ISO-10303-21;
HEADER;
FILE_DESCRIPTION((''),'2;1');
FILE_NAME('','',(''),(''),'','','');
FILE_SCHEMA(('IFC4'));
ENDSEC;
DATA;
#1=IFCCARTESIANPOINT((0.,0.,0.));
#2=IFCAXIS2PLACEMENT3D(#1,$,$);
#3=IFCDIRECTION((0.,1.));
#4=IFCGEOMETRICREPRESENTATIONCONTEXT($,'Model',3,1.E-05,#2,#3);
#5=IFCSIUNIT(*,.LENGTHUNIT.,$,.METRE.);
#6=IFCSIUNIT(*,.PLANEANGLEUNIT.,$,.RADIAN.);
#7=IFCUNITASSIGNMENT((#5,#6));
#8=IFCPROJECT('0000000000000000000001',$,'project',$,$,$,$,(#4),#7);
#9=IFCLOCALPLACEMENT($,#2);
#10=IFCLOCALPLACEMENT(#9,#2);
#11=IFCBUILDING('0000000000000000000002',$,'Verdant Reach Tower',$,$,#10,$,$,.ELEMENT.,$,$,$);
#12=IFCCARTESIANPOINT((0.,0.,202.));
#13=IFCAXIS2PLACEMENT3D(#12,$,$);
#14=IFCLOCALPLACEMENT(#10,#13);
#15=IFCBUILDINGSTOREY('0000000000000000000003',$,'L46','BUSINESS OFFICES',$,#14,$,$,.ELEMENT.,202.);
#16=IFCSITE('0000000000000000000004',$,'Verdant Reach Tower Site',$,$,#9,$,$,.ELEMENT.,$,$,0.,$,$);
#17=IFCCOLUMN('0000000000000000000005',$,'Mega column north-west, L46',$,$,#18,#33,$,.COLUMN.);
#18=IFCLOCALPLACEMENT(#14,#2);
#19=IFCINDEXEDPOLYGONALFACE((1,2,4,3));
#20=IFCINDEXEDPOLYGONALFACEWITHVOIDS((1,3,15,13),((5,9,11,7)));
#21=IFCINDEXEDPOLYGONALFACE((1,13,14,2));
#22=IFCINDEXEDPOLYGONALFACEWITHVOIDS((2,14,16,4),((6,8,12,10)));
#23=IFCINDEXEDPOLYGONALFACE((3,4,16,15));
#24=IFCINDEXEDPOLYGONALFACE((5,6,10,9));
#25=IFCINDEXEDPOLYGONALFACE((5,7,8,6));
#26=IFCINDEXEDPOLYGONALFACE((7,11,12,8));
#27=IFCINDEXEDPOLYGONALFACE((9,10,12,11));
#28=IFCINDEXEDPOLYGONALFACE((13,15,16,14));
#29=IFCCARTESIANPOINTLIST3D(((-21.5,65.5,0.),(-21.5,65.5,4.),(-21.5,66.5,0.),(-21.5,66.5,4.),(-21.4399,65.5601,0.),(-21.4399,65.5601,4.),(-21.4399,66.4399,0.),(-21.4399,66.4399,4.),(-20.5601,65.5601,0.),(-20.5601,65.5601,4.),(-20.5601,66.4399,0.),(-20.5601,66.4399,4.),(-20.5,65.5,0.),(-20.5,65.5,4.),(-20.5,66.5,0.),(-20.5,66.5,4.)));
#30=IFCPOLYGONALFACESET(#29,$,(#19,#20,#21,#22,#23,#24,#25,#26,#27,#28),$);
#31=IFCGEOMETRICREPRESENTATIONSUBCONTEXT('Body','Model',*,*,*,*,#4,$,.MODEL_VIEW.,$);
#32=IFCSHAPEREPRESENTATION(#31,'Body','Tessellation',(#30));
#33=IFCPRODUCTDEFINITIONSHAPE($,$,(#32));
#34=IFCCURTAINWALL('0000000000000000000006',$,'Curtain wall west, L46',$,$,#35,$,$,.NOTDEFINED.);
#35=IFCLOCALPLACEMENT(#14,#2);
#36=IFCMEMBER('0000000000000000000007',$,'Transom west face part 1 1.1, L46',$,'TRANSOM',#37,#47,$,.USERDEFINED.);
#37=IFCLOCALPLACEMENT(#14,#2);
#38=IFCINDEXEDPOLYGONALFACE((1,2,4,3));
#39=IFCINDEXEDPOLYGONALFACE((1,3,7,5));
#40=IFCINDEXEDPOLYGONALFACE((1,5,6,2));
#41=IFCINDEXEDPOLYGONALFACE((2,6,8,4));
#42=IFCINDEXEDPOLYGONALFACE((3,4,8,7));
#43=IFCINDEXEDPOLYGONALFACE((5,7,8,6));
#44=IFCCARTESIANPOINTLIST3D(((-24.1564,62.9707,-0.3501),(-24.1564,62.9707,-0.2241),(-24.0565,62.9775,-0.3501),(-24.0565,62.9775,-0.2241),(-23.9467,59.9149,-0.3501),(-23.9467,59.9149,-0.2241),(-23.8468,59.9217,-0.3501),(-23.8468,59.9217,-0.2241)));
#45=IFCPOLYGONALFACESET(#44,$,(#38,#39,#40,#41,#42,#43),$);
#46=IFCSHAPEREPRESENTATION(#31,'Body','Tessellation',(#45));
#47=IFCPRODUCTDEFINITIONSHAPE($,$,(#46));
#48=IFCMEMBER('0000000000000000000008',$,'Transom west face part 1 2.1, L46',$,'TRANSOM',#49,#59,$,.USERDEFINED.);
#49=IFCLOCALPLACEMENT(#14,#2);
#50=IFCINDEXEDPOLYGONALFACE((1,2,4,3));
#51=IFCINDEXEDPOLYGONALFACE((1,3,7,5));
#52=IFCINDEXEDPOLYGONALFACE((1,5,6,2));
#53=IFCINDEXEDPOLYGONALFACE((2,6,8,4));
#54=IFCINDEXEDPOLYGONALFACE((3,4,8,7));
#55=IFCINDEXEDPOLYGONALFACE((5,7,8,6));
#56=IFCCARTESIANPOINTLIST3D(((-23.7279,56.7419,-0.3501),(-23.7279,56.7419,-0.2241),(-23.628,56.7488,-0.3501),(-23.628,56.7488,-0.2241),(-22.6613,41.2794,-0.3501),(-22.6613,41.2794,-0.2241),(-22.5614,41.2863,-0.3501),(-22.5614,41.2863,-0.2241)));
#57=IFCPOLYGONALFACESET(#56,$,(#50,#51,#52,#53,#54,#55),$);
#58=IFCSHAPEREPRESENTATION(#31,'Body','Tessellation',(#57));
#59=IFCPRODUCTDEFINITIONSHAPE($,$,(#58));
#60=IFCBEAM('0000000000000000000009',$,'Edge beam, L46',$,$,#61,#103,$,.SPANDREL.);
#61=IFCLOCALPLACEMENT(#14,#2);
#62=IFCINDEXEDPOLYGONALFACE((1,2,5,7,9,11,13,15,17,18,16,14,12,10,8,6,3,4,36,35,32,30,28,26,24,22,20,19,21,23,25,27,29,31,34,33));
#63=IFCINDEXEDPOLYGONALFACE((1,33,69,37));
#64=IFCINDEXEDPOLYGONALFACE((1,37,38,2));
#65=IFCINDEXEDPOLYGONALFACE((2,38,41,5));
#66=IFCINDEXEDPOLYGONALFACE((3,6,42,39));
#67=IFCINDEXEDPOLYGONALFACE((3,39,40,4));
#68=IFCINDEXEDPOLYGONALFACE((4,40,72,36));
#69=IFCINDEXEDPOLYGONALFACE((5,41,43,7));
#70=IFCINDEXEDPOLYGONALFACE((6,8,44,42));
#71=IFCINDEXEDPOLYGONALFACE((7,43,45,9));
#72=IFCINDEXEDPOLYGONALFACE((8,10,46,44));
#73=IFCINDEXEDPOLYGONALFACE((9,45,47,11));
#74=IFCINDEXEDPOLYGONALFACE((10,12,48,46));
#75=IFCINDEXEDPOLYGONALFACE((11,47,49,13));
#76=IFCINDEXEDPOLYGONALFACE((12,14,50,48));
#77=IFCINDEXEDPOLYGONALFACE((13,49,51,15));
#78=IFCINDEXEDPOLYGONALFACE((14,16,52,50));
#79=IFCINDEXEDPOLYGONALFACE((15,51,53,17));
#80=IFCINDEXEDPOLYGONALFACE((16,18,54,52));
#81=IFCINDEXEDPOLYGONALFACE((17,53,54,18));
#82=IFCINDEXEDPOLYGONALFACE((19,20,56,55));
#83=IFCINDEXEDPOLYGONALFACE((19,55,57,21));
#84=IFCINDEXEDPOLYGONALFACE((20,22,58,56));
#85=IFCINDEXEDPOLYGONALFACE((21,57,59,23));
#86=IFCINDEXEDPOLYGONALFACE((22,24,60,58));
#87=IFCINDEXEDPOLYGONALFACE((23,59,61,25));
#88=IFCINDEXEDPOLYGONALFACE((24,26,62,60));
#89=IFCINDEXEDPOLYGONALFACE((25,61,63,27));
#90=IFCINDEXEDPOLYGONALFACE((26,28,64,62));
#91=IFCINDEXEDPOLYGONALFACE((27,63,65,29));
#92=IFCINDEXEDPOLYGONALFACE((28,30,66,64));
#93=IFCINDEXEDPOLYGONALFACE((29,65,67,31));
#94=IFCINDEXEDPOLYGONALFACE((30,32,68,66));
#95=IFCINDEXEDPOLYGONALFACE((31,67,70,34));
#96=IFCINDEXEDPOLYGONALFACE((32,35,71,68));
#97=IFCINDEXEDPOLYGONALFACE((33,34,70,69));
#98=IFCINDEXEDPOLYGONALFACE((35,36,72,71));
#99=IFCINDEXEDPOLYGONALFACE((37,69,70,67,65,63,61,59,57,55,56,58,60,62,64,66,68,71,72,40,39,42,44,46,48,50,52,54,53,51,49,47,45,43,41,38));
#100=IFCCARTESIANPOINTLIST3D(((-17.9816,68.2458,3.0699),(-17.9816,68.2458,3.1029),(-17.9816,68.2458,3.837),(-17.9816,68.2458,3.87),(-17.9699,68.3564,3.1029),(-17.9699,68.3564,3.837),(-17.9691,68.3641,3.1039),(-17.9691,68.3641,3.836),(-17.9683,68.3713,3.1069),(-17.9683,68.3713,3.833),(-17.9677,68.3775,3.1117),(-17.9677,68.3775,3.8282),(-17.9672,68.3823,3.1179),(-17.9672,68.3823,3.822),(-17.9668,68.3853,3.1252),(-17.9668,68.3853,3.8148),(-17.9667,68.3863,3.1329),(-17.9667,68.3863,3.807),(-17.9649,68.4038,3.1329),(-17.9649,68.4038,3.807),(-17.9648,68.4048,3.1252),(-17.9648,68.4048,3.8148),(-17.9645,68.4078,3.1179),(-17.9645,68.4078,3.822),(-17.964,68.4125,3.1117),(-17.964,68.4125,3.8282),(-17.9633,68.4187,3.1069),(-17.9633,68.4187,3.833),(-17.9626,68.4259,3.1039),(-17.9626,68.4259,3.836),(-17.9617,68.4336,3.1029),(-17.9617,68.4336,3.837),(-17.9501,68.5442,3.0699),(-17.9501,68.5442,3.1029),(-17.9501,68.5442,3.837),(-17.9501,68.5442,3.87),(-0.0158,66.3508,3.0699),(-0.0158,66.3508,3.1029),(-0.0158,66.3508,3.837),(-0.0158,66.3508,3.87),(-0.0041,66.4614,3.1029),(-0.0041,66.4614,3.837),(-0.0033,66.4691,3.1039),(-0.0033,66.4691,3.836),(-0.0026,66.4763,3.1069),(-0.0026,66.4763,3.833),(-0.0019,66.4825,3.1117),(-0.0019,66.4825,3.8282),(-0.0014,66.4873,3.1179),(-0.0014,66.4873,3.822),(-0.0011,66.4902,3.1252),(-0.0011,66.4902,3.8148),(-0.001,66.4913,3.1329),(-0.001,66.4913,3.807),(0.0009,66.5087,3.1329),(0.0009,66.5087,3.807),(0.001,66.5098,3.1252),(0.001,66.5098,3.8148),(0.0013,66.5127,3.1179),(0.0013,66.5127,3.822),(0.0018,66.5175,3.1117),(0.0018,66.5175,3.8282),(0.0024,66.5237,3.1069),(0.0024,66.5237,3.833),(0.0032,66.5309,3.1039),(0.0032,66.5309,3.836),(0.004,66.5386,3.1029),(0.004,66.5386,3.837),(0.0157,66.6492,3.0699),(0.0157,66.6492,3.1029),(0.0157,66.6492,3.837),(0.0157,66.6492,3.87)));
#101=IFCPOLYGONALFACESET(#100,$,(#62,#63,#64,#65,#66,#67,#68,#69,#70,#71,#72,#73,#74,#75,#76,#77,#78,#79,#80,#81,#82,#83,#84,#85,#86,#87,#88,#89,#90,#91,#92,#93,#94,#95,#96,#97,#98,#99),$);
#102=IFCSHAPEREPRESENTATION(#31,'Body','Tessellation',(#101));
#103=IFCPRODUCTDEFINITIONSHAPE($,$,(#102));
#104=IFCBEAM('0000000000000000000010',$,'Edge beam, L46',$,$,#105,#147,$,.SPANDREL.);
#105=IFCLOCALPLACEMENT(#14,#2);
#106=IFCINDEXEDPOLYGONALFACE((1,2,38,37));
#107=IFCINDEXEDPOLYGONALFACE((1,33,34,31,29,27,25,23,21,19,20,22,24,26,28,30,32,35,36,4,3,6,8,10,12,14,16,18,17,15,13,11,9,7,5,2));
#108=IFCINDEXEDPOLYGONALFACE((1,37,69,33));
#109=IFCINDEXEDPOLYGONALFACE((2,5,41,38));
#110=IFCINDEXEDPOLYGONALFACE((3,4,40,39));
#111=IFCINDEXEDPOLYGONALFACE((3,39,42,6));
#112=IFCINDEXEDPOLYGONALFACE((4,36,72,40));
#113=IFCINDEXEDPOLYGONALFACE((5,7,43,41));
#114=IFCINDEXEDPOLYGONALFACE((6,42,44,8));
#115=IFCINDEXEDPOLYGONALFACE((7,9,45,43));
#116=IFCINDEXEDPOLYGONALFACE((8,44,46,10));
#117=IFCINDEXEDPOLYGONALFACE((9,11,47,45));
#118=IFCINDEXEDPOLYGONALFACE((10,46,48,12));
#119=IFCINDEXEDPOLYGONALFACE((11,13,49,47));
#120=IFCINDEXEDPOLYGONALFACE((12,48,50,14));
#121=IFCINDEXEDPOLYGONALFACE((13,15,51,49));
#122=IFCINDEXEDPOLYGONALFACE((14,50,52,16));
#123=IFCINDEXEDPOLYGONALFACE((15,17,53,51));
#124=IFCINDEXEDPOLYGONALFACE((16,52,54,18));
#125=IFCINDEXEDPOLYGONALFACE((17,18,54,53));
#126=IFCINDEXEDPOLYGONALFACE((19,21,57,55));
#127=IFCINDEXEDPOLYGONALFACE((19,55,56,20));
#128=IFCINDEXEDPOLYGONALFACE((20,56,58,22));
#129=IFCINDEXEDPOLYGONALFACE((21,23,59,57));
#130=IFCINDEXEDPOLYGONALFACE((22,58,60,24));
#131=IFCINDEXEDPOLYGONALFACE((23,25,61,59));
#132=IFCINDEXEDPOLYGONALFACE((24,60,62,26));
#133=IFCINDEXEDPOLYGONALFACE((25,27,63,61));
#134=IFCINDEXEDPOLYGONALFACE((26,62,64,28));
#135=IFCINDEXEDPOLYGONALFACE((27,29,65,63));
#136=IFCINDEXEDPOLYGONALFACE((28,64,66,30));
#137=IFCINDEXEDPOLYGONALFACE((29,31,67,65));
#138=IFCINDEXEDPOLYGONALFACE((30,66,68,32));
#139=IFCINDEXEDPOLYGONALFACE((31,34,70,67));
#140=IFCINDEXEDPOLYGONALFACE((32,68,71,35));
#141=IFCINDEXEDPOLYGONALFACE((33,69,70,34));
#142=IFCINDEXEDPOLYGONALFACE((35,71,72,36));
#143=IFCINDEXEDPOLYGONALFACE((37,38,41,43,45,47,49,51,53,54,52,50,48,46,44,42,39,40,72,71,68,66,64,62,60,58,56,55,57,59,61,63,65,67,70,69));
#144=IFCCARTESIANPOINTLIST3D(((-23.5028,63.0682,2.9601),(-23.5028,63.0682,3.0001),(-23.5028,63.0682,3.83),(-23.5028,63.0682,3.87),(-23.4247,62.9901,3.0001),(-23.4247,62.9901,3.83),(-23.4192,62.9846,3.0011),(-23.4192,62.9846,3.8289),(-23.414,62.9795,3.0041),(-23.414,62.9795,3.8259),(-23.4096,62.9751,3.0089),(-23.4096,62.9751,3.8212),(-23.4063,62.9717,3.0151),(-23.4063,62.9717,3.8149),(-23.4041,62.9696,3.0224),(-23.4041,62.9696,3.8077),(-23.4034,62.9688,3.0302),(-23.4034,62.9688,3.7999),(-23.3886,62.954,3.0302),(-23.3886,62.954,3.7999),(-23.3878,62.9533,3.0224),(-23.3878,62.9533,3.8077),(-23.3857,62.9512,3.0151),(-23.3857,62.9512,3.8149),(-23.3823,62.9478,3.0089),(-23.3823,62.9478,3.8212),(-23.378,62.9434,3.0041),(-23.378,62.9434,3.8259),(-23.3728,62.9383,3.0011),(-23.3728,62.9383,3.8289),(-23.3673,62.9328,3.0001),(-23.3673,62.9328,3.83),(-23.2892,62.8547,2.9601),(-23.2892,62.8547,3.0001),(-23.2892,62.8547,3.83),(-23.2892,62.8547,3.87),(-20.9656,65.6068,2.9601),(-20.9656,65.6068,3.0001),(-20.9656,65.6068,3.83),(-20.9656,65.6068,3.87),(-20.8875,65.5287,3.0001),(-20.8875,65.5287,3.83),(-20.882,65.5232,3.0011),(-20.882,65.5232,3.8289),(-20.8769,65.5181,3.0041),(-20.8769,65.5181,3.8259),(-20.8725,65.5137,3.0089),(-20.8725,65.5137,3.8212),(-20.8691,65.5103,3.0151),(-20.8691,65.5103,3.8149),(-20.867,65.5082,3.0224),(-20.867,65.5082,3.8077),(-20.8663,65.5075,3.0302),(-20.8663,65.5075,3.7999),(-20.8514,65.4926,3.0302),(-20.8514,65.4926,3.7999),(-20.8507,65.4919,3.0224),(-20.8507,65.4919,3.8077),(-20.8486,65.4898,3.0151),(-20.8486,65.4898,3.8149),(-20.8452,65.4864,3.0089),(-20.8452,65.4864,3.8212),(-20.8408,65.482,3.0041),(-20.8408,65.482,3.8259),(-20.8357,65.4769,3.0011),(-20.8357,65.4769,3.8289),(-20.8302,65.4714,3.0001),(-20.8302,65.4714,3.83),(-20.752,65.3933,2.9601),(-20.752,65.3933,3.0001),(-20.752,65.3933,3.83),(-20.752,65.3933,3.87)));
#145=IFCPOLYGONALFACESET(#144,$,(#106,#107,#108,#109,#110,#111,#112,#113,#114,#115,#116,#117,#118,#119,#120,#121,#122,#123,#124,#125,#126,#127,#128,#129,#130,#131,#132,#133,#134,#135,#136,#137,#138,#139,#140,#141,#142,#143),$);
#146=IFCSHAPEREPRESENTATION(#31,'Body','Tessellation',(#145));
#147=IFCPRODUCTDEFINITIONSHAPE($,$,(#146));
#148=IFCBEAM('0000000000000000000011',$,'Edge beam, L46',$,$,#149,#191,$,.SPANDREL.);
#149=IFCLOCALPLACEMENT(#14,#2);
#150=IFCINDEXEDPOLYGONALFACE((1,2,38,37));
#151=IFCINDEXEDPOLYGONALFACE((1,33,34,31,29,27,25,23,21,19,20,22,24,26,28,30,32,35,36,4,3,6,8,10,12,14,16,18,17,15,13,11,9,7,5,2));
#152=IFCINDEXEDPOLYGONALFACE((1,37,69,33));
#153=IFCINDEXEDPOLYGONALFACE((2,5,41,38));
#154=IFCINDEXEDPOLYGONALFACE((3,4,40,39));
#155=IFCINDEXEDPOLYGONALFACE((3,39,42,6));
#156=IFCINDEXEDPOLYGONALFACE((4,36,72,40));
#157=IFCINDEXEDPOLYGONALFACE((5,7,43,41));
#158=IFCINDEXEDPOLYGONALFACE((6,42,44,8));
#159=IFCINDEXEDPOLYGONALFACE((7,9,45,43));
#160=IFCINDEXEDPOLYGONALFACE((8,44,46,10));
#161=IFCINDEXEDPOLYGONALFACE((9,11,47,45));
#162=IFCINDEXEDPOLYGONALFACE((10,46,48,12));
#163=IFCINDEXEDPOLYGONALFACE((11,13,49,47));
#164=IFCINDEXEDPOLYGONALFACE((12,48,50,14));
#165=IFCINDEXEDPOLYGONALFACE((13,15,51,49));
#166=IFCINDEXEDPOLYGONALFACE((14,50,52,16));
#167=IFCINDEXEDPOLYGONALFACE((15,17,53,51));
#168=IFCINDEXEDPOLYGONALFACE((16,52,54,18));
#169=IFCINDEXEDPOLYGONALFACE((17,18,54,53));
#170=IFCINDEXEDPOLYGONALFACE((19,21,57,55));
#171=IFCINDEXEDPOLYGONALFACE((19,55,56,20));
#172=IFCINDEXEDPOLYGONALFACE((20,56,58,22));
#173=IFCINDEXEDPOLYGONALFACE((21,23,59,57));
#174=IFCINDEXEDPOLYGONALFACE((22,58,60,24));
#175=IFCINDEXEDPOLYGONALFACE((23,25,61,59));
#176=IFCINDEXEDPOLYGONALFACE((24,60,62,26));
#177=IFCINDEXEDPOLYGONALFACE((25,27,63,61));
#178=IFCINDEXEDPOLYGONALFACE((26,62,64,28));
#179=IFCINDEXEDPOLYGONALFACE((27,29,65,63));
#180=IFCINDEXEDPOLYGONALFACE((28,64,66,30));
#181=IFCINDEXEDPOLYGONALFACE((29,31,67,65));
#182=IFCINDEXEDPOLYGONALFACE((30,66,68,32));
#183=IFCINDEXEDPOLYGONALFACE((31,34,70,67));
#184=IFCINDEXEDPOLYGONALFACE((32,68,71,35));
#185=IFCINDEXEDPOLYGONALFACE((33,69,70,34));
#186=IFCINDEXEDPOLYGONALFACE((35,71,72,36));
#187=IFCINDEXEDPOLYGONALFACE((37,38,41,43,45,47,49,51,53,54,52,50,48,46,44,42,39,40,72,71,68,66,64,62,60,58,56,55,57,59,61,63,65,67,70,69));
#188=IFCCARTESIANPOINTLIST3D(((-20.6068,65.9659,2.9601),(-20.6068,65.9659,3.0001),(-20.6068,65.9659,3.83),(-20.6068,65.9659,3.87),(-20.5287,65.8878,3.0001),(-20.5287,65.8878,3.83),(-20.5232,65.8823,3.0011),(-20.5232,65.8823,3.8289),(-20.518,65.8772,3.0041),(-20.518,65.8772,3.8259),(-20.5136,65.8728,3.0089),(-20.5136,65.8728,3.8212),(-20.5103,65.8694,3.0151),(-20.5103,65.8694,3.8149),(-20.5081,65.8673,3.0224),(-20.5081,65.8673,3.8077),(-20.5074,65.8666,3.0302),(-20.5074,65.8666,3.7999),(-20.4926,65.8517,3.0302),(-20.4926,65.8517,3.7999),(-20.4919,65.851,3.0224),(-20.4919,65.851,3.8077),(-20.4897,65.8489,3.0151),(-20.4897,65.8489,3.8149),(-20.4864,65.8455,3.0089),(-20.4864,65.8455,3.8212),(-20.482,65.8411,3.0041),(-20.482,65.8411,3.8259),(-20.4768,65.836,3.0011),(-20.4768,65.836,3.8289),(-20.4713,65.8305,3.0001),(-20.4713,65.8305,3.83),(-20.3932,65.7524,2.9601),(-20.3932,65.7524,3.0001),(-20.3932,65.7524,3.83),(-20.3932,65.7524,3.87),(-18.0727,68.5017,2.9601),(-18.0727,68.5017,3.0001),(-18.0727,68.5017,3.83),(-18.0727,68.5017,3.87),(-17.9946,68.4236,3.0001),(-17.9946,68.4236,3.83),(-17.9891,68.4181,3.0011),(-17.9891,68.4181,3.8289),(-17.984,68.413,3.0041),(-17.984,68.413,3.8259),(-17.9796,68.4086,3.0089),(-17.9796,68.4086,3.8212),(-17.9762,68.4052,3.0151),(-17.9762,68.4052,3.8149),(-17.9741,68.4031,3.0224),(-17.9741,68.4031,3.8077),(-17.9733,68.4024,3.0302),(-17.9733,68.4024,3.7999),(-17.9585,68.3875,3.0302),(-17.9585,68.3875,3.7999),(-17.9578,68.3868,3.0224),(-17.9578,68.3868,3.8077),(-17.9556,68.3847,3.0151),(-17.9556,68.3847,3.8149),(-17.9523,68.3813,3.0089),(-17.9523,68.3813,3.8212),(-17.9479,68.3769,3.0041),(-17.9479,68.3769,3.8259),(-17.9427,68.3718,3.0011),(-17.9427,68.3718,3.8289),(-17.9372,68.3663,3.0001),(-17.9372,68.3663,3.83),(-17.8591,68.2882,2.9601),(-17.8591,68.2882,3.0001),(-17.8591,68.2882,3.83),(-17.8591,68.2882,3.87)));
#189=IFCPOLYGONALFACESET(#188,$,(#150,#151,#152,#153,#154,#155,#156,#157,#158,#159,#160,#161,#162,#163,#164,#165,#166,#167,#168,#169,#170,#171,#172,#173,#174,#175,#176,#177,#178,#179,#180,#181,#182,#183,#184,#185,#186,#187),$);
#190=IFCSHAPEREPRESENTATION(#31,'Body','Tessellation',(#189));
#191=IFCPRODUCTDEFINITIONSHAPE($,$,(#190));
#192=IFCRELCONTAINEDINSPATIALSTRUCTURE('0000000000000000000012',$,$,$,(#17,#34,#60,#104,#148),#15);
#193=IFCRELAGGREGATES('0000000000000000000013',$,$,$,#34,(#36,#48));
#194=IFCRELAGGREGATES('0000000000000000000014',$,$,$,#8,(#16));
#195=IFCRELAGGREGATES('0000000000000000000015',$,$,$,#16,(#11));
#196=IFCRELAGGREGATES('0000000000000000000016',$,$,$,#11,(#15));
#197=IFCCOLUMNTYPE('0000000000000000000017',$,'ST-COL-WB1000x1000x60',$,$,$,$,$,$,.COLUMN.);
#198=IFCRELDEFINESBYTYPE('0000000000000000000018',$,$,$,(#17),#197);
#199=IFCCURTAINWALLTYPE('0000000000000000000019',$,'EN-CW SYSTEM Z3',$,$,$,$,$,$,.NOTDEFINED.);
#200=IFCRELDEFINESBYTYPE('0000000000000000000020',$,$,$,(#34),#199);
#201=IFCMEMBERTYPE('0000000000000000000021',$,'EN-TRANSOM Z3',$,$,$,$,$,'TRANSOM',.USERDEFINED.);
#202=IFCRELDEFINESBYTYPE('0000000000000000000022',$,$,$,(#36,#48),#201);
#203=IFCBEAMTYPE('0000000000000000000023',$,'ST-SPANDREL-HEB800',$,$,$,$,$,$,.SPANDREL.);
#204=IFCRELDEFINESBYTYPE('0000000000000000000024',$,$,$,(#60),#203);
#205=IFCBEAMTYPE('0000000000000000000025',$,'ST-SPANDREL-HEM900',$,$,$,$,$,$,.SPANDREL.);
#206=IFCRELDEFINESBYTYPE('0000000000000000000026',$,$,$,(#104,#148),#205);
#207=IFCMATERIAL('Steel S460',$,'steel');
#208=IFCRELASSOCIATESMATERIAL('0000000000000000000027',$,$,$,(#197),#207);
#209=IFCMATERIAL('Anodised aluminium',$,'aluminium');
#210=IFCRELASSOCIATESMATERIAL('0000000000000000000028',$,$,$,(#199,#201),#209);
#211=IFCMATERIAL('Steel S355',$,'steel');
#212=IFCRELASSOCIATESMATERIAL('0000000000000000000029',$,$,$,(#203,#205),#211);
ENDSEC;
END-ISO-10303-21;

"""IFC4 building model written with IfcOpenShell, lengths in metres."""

from ifc_helpers import new_model, si_unit, direction, frame, origin, origin_2d, place, context, subcontext, project, spatial, rectangle, hollow_rectangle, i_section, extrude, material, material_profile, profile_set, type_object, element, aggregate, save


model = new_model("IFC4")

# Units and contexts
model_context = context("Model", 3, precision=1e-05, world=origin(), true_north=direction((0.0, 1.0)))
body_context = subcontext(model_context, "Body", "Model", "MODEL_VIEW")
ifc_project = project(units=[si_unit("LENGTHUNIT", "METRE"), si_unit("PLANEANGLEUNIT", "RADIAN")], contexts=[model_context])

# Site, building, storey
site_placement = place(None, origin())
site = spatial("IfcSite", under=ifc_project, at=site_placement, Name="Verdant Reach Tower Site", CompositionType="ELEMENT", RefElevation=0.0)
building_placement = place(site_placement, origin())
building = spatial("IfcBuilding", under=site, at=building_placement, Name="Verdant Reach Tower", CompositionType="ELEMENT")
storey_placement = place(building_placement, frame((0.0, 0.0, 202.0)))
storey = spatial("IfcBuildingStorey", under=building, at=storey_placement, Name="L46", Description="BUSINESS OFFICES", CompositionType="ELEMENT", Elevation=202.0)

# Column
ifc_material_1 = material(Name="Steel S460", Category="steel")
ifc_material_profile_1 = material_profile(ifc_material_1, hollow_rectangle(XDim=1.0, YDim=1.0, WallThickness=0.0601, at=origin_2d()), Name="WB 1000x1000x60")
ifc_profile_set_1 = profile_set([ifc_material_profile_1], Name="Steel S460")
column_type = type_object("IfcColumnType", Name="ST-COL-WB1000x1000x60", PredefinedType="COLUMN", material=ifc_profile_set_1)
column_placement = place(storey_placement, frame((-21.0, 66.0, 0.0), z_axis=(0.0, 0.0, 1.0), x_axis=(1.0, 0.0, 0.0)))
element("IfcColumn", 1, at=column_placement, inside=storey, type_object=column_type, Name="Mega column north-west, L46", PredefinedType="COLUMN", context=body_context, shape_type="SweptSolid", body=[
    extrude(hollow_rectangle(XDim=1.0, YDim=1.0, WallThickness=0.0601, at=origin_2d()), origin(), (0.0, 0.0, 1.0), 4.0),
])

# Curtain wall, members
ifc_material_2 = material(Name="Anodised aluminium", Category="aluminium")
curtain_wall_type = type_object("IfcCurtainWallType", Name="EN-CW SYSTEM Z3", PredefinedType="NOTDEFINED", material=ifc_material_2)
curtain_wall_1_placement = place(storey_placement, origin())
curtain_wall_1 = element("IfcCurtainWall", 2, at=curtain_wall_1_placement, inside=storey, type_object=curtain_wall_type, Name="Curtain wall west, L46", PredefinedType="NOTDEFINED")
ifc_material_profile_2 = material_profile(ifc_material_2, rectangle(XDim=0.1001, YDim=0.126, at=origin_2d()), Name="Transom 126x100")
ifc_profile_set_2 = profile_set([ifc_material_profile_2], Name="Anodised aluminium")
member_type = type_object("IfcMemberType", Name="EN-TRANSOM Z3", ElementType="TRANSOM", PredefinedType="USERDEFINED", material=ifc_profile_set_2)
member_1_placement = place(storey_placement, frame((-24.1064, 62.9741, -0.2871), z_axis=(0.068466, -0.997653, 0.0), x_axis=(0.997653, 0.068466, 0.0)))
member_1 = element("IfcMember", 3, at=member_1_placement, type_object=member_type, Name="Transom west face part 1 1.1, L46", ObjectType="TRANSOM", PredefinedType="USERDEFINED", context=body_context, shape_type="SweptSolid", body=[
    extrude(rectangle(XDim=0.1001, YDim=0.126, at=origin_2d()), origin(), (0.0, 0.0, 1.0), 3.063),
])
member_2_placement = place(storey_placement, frame((-23.678, 56.7454, -0.2871), z_axis=(0.06882, -0.997629, 0.0), x_axis=(0.997629, 0.06882, 0.0)))
member_2 = element("IfcMember", 4, at=member_2_placement, type_object=member_type, Name="Transom west face part 1 2.1, L46", ObjectType="TRANSOM", PredefinedType="USERDEFINED", context=body_context, shape_type="SweptSolid", body=[
    extrude(rectangle(XDim=0.1001, YDim=0.126, at=origin_2d()), origin(), (0.0, 0.0, 1.0), 15.4993),
])

# Beams
ifc_material_3 = material(Name="Steel S355", Category="steel")
ifc_material_profile_3 = material_profile(ifc_material_3, i_section(OverallWidth=0.3, OverallDepth=0.8, WebThickness=0.0176, FlangeThickness=0.033, FilletRadius=0.03, at=origin_2d()), Name="HEB 800")
ifc_profile_set_3 = profile_set([ifc_material_profile_3], Name="Steel S355")
beam_type_1 = type_object("IfcBeamType", Name="ST-SPANDREL-HEB800", PredefinedType="SPANDREL", material=ifc_profile_set_3)
beam_1_placement = place(storey_placement, frame((-17.9658, 68.395, 3.47), z_axis=(0.994483, -0.104897, 0.0), x_axis=(0.104897, 0.994483, 0.0)))
element("IfcBeam", 5, at=beam_1_placement, inside=storey, type_object=beam_type_1, Name="Edge beam, L46", PredefinedType="SPANDREL", context=body_context, shape_type="SweptSolid", body=[
    extrude(i_section(OverallWidth=0.3, OverallDepth=0.8, WebThickness=0.0176, FlangeThickness=0.033, FilletRadius=0.03, at=origin_2d()), origin(), (0.0, 0.0, 1.0), 18.0654),
])
ifc_material_profile_4 = material_profile(ifc_material_3, i_section(OverallWidth=0.302, OverallDepth=0.9099, WebThickness=0.021, FlangeThickness=0.04, FilletRadius=0.03, at=origin_2d()), Name="HEM 900")
ifc_profile_set_4 = profile_set([ifc_material_profile_4], Name="Steel S355")
beam_type_2 = type_object("IfcBeamType", Name="ST-SPANDREL-HEM900", PredefinedType="SPANDREL", material=ifc_profile_set_4)
beam_2_placement = place(storey_placement, frame((-23.396, 62.9614, 3.415), z_axis=(0.706903, 0.707311, 0.0), x_axis=(-0.707311, 0.706903, 0.0)))
element("IfcBeam", 6, at=beam_2_placement, inside=storey, type_object=beam_type_2, Name="Edge beam, L46", PredefinedType="SPANDREL", context=body_context, shape_type="SweptSolid", body=[
    extrude(i_section(OverallWidth=0.302, OverallDepth=0.9099, WebThickness=0.021, FlangeThickness=0.04, FilletRadius=0.03, at=origin_2d()), origin(), (0.0, 0.0, 1.0), 3.5891),
])
beam_3_placement = place(storey_placement, frame((-20.5, 65.8591, 3.415), z_axis=(0.706868, 0.707345, 0.0), x_axis=(-0.707345, 0.706868, 0.0)))
element("IfcBeam", 7, at=beam_3_placement, inside=storey, type_object=beam_type_2, Name="Edge beam, L46", PredefinedType="SPANDREL", context=body_context, shape_type="SweptSolid", body=[
    extrude(i_section(OverallWidth=0.302, OverallDepth=0.9099, WebThickness=0.021, FlangeThickness=0.04, FilletRadius=0.03, at=origin_2d()), origin(), (0.0, 0.0, 1.0), 3.585),
])

aggregate(curtain_wall_1, [member_1, member_2])

save(model, "model.ifc")
